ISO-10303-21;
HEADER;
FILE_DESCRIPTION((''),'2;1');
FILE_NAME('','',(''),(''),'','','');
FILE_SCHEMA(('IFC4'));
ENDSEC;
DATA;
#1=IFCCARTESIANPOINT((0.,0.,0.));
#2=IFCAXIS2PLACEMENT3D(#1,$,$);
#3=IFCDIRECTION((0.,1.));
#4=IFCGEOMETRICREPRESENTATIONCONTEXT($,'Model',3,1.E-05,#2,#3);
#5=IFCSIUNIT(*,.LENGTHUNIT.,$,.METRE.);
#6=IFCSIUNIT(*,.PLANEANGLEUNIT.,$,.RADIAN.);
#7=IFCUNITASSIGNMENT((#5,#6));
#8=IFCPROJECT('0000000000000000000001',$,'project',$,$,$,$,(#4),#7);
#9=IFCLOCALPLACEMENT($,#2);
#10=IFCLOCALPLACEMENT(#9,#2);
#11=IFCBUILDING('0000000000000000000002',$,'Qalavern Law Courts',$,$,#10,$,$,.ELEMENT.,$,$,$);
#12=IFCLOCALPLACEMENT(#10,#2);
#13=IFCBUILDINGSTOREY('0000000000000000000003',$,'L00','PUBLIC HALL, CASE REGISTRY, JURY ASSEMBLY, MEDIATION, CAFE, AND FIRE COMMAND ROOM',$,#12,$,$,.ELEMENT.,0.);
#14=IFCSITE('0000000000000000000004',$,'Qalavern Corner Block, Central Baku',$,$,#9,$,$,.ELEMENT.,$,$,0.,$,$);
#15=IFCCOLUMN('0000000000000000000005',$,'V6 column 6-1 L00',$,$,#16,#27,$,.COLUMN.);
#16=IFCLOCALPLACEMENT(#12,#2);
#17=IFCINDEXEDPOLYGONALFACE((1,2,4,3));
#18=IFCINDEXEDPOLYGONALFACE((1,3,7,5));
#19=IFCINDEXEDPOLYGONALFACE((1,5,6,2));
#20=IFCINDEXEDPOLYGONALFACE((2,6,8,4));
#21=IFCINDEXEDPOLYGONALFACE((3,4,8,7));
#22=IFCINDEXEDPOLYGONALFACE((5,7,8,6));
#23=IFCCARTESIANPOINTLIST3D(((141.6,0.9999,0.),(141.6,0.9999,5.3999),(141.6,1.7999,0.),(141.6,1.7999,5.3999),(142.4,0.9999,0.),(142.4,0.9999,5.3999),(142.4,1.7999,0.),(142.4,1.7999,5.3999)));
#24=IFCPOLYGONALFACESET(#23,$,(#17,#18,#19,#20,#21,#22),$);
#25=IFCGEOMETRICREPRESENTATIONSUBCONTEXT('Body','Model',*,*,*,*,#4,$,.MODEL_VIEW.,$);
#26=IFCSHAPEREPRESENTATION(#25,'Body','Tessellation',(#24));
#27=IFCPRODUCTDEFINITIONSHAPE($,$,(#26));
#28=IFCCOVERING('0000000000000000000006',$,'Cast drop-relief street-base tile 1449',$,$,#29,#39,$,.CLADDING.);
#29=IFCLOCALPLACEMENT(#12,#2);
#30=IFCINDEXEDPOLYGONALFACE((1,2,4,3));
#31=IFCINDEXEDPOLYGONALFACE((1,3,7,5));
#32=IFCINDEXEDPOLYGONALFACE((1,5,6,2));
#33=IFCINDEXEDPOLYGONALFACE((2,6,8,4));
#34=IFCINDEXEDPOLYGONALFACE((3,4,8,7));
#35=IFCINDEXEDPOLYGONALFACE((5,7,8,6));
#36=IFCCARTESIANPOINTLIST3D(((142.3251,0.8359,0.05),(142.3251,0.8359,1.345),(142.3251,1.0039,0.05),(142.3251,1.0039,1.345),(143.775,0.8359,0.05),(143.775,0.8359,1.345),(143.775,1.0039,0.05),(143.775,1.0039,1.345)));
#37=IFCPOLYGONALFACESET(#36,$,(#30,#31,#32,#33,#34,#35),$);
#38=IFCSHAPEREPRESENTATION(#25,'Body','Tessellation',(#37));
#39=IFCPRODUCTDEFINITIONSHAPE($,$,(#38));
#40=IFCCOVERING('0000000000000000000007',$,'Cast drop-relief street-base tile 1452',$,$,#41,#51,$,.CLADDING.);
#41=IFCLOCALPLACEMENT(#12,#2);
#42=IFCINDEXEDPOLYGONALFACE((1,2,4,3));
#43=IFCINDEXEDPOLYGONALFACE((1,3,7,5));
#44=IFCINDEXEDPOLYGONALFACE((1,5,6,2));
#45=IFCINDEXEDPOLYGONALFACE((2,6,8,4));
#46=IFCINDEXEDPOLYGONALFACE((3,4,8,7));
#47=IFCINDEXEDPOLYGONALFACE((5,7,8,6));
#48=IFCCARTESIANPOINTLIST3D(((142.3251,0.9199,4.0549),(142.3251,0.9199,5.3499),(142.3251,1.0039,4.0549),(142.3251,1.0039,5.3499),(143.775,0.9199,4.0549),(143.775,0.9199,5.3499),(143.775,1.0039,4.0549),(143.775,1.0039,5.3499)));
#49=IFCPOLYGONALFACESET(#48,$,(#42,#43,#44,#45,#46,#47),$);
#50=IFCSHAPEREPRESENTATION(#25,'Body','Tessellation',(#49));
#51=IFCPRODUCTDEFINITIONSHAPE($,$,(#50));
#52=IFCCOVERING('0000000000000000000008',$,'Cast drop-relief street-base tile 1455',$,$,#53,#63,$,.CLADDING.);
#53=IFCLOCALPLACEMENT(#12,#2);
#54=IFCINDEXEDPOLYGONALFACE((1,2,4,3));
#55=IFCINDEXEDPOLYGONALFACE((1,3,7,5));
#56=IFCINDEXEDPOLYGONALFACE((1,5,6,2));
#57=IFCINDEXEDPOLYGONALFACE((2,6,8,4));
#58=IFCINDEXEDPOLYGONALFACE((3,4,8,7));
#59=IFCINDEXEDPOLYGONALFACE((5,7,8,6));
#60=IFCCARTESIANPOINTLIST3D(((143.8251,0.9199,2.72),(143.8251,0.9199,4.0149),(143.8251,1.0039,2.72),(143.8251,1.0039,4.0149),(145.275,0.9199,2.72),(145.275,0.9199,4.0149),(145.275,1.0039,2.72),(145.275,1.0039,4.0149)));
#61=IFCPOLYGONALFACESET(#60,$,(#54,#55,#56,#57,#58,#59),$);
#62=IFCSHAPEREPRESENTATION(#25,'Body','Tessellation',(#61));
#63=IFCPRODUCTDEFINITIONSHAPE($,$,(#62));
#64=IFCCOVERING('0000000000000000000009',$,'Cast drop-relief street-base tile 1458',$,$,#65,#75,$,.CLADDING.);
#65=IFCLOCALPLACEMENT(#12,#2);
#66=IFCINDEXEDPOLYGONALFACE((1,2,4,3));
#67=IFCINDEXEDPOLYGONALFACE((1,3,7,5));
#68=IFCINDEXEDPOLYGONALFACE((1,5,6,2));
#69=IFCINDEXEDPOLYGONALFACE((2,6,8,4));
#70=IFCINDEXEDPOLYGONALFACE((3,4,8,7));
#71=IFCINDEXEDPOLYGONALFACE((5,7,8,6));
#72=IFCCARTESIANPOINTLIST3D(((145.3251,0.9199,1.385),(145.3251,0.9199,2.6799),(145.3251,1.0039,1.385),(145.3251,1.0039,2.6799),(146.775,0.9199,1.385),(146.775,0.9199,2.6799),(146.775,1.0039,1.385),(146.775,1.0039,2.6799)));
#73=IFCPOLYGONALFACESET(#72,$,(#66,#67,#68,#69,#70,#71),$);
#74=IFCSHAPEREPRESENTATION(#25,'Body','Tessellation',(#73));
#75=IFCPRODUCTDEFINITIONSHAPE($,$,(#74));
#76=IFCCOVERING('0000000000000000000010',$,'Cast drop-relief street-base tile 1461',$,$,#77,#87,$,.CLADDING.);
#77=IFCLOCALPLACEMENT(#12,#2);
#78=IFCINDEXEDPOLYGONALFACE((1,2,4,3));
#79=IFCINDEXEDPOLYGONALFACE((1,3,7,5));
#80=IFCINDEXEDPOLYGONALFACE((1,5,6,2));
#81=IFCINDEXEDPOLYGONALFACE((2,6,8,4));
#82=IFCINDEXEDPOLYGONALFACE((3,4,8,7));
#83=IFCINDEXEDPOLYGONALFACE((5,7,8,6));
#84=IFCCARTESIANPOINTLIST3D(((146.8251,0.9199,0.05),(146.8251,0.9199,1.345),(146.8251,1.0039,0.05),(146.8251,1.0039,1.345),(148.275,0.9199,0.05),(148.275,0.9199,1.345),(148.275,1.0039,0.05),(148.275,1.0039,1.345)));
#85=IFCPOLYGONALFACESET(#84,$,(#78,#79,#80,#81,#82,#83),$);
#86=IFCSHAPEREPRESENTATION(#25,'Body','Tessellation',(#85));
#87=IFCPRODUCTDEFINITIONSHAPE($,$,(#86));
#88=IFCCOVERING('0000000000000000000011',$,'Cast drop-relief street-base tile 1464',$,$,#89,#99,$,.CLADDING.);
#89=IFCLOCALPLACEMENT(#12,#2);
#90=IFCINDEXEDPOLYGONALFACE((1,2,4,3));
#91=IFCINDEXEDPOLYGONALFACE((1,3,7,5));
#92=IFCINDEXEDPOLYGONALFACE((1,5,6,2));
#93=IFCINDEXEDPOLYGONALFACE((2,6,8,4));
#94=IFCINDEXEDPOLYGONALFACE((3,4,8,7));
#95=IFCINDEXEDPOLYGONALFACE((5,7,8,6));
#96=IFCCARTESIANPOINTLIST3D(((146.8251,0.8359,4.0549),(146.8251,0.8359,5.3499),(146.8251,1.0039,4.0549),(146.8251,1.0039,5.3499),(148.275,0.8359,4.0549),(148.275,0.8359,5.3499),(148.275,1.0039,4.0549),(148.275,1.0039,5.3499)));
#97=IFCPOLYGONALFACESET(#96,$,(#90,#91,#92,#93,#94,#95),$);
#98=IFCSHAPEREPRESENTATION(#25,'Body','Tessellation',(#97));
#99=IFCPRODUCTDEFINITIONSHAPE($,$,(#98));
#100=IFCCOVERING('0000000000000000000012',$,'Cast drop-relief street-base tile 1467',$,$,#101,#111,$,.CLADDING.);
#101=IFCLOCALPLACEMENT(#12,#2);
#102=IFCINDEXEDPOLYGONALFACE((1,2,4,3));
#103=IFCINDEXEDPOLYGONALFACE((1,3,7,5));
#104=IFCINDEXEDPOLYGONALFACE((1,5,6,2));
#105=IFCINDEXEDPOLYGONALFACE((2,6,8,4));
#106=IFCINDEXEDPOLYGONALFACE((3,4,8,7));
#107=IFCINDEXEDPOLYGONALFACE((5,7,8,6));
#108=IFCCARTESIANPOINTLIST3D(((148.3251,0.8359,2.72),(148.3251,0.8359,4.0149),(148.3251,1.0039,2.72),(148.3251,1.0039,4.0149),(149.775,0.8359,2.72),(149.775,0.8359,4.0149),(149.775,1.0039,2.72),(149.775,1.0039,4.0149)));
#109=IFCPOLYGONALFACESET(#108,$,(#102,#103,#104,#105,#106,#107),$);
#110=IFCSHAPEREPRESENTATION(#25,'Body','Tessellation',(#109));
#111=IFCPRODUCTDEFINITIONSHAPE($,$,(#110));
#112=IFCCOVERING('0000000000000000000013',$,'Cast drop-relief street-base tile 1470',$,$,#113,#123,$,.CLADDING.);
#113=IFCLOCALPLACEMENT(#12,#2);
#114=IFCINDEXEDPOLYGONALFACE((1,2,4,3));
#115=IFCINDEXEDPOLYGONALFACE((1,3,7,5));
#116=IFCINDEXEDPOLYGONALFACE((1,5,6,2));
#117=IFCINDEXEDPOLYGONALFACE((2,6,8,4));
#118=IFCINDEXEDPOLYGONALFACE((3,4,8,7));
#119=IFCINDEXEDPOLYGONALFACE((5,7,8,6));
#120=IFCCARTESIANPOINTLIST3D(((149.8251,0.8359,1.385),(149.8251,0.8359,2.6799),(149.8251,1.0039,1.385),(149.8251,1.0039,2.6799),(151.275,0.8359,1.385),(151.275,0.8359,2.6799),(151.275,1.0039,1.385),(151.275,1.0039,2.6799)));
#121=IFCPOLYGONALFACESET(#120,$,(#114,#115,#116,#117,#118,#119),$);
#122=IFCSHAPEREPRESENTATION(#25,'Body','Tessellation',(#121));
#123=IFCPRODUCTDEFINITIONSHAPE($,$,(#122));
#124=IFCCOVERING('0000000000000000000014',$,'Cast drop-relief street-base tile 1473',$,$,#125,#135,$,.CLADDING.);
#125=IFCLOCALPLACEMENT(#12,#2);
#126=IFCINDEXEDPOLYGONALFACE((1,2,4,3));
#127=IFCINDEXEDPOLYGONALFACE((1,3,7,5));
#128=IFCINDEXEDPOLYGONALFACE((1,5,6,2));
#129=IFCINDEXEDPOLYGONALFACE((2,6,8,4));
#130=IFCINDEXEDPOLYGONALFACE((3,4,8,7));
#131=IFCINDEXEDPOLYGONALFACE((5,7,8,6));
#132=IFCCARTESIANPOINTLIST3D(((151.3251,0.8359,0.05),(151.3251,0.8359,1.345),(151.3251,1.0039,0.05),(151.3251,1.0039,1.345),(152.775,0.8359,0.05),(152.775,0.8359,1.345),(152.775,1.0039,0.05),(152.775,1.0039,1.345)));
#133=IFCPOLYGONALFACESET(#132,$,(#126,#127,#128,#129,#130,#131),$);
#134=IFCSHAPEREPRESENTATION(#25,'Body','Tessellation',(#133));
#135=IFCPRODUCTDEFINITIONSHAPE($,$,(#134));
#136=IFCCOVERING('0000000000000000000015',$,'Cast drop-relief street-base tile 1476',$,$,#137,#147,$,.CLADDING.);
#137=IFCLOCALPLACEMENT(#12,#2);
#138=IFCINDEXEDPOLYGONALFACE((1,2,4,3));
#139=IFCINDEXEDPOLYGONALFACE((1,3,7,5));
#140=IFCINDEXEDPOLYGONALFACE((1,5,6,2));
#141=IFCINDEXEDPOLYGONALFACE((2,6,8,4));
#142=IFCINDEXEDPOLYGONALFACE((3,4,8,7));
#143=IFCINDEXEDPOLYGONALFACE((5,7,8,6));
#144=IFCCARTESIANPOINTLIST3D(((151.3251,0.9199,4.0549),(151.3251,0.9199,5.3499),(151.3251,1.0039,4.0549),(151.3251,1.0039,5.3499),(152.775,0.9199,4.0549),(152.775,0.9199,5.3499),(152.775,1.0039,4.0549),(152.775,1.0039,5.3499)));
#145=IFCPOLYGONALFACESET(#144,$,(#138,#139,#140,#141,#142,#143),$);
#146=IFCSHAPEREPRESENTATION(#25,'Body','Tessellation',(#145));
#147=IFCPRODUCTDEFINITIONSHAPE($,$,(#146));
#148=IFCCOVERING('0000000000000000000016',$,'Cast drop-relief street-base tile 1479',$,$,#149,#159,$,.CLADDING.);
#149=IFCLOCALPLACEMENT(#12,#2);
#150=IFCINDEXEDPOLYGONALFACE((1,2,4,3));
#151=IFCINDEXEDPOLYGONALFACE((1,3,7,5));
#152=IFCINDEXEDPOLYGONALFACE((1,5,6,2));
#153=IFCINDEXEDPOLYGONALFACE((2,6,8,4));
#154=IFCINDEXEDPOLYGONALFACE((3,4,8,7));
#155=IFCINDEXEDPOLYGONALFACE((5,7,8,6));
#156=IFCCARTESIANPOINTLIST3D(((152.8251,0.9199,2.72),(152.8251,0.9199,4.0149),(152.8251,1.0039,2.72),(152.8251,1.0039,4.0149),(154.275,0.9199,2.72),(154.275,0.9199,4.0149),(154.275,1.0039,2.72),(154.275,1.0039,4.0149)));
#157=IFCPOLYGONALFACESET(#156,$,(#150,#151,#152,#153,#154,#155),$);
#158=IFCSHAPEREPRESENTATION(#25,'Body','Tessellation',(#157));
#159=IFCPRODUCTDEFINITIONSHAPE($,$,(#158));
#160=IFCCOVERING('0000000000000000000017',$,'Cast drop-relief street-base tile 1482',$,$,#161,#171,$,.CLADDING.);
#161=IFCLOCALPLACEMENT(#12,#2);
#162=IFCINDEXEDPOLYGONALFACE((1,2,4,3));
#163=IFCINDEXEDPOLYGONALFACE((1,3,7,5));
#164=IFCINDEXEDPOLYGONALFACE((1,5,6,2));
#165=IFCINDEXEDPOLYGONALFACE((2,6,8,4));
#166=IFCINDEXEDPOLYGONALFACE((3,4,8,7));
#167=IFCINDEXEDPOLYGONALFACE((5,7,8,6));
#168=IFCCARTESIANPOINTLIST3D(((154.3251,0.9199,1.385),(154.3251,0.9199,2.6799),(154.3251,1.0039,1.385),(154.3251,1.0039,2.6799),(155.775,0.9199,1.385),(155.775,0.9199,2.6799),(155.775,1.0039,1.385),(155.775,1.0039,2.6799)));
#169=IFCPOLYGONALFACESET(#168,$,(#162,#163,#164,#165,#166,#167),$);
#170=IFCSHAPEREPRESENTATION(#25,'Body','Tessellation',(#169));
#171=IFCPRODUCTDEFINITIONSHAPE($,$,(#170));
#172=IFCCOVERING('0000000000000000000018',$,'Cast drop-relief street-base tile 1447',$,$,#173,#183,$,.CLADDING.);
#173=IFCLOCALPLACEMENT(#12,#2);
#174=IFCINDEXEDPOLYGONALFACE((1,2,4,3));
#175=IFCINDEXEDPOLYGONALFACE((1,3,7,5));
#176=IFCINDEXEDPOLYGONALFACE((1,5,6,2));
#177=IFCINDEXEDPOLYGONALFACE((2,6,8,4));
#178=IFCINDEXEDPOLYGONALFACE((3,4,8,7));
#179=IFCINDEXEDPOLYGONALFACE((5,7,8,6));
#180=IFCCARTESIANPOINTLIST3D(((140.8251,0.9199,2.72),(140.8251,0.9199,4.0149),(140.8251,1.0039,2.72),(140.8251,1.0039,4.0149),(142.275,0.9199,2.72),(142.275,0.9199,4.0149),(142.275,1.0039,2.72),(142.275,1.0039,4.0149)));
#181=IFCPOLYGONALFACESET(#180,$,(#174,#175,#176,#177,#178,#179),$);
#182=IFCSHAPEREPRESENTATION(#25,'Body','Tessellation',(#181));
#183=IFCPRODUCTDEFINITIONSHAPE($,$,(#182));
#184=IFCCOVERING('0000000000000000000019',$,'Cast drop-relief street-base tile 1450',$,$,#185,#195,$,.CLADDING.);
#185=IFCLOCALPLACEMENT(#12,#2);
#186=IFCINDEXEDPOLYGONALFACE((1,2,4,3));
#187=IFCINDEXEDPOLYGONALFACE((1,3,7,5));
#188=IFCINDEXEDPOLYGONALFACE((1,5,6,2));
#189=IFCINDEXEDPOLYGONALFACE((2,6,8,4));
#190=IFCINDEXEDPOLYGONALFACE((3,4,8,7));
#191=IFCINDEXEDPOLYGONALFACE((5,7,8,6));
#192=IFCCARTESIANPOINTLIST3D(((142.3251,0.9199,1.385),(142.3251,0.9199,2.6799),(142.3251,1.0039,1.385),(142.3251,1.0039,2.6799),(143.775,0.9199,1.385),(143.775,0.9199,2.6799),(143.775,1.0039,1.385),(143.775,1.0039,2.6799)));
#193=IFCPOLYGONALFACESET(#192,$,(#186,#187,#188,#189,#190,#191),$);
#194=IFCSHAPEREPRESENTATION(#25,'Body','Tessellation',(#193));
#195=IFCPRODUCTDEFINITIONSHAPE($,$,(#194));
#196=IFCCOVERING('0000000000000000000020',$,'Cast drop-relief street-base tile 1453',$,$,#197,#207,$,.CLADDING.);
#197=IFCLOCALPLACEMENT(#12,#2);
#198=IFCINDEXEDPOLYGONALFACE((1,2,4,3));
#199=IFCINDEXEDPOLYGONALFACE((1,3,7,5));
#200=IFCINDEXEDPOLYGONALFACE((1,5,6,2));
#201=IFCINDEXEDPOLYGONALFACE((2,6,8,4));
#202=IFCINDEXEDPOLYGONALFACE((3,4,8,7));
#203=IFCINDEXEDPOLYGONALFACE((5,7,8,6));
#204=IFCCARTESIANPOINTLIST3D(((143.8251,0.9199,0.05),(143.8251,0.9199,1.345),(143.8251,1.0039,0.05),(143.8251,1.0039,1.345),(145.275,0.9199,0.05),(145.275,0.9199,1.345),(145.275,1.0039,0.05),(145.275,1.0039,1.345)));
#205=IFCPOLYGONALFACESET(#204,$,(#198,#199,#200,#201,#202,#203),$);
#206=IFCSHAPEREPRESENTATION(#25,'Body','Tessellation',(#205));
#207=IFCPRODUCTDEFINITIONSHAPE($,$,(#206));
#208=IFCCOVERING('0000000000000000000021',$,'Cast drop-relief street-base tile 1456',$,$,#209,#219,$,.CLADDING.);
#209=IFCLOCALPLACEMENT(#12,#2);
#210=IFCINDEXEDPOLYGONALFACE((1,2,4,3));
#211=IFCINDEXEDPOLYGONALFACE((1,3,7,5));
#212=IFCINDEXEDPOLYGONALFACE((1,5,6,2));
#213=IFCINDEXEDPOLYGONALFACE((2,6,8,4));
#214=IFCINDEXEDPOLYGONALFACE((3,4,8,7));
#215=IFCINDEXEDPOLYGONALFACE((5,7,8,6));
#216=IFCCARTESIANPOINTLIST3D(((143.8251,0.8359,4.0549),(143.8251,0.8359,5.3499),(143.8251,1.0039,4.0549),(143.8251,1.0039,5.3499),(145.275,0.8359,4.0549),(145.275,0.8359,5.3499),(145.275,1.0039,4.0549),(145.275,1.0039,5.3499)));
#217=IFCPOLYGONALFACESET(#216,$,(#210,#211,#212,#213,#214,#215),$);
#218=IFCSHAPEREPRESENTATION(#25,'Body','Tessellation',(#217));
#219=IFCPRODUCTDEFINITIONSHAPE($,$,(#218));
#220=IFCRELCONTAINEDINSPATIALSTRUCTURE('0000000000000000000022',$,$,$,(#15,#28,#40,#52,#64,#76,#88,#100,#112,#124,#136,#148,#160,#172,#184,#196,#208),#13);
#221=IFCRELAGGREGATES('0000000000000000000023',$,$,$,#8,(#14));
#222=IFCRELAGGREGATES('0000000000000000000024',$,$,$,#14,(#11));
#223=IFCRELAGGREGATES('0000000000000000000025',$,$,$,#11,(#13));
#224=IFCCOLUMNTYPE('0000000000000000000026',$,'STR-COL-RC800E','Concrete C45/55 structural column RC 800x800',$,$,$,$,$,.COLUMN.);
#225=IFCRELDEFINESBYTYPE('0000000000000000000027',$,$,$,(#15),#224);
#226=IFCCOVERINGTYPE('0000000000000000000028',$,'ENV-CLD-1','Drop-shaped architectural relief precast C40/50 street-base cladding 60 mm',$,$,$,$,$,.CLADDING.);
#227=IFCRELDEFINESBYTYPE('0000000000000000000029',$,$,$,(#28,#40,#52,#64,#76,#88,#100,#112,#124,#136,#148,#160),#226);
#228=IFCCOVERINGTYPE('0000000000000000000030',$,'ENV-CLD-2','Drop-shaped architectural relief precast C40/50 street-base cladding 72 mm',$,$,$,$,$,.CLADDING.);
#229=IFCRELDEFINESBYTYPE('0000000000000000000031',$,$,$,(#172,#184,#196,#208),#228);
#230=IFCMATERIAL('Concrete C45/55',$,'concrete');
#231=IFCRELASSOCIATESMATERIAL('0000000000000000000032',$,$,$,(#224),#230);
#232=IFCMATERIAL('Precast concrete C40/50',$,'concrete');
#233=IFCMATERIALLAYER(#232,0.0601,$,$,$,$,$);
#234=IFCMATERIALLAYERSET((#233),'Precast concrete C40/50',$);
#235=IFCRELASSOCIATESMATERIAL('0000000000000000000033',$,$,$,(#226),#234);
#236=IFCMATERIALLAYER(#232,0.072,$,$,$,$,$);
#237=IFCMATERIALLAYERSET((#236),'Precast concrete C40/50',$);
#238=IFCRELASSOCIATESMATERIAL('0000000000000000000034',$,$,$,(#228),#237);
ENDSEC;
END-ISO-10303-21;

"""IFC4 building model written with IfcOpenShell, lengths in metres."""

from ifc_helpers import new_model, si_unit, direction, frame, origin, origin_2d, place, context, subcontext, project, spatial, rectangle, extrude, material, layer, layer_set, material_profile, profile_set, type_object, element, save


model = new_model("IFC4")

# Units and contexts
model_context = context("Model", 3, precision=1e-05, world=origin(), true_north=direction((0.0, 1.0)))
body_context = subcontext(model_context, "Body", "Model", "MODEL_VIEW")
ifc_project = project(units=[si_unit("LENGTHUNIT", "METRE"), si_unit("PLANEANGLEUNIT", "RADIAN")], contexts=[model_context])

# Site, building, storey
site_placement = place(None, origin())
site = spatial("IfcSite", under=ifc_project, at=site_placement, Name="Qalavern Corner Block, Central Baku", CompositionType="ELEMENT", RefElevation=0.0)
building_placement = place(site_placement, origin())
building = spatial("IfcBuilding", under=site, at=building_placement, Name="Qalavern Law Courts", CompositionType="ELEMENT")
storey_placement = place(building_placement, origin())
storey = spatial("IfcBuildingStorey", under=building, at=storey_placement, Name="L00", Description="PUBLIC HALL, CASE REGISTRY, JURY ASSEMBLY, MEDIATION, CAFE, AND FIRE COMMAND ROOM", CompositionType="ELEMENT", Elevation=0.0)

# Column
ifc_material_1 = material(Name="Concrete C45/55", Category="concrete")
ifc_material_profile = material_profile(ifc_material_1, rectangle(XDim=0.8, YDim=0.8, at=origin_2d()), Name="RC 800x800")
ifc_profile_set = profile_set([ifc_material_profile], Name="Concrete C45/55")
column_type = type_object("IfcColumnType", Name="STR-COL-RC800E", Description="Concrete C45/55 structural column RC 800x800", PredefinedType="COLUMN", material=ifc_profile_set)
column_placement = place(storey_placement, frame((142.0, 1.3999, 0.0), z_axis=(0.0, 0.0, 1.0), x_axis=(1.0, 0.0, 0.0)))
element("IfcColumn", 1, at=column_placement, inside=storey, type_object=column_type, Name="V6 column 6-1 L00", PredefinedType="COLUMN", context=body_context, shape_type="SweptSolid", body=[
    extrude(rectangle(XDim=0.8, YDim=0.8, at=origin_2d()), origin(), (0.0, 0.0, 1.0), 5.3999),
])

# Coverings
ifc_material_2 = material(Name="Precast concrete C40/50", Category="concrete")
ifc_layer_1 = layer(ifc_material_2, 0.0601)
ifc_layer_set_1 = layer_set([ifc_layer_1], Name="Precast concrete C40/50")
covering_type_1 = type_object("IfcCoveringType", Name="ENV-CLD-1", Description="Drop-shaped architectural relief precast C40/50 street-base cladding 60 mm", PredefinedType="CLADDING", material=ifc_layer_set_1)
covering_1_placement = place(storey_placement, frame((143.05, 0.9199, 0.05), z_axis=(0.0, 0.0, 1.0), x_axis=(1.0, 0.0, 0.0)))
element("IfcCovering", 2, at=covering_1_placement, inside=storey, type_object=covering_type_1, Name="Cast drop-relief street-base tile 1449", PredefinedType="CLADDING", context=body_context, shape_type="SweptSolid", body=[
    extrude(rectangle(XDim=1.45, YDim=0.168, at=origin_2d()), origin(), (0.0, 0.0, 1.0), 1.2949),
])
for number, where, z_axis, x_axis, name in (
    (3, (143.05, 0.9619, 4.0549), (0.0, 0.0, 1.0), (1.0, 0.0, 0.0), "Cast drop-relief street-base tile 1452"),
    (4, (144.55, 0.9619, 2.72), (0.0, 0.0, 1.0), (1.0, 0.0, 0.0), "Cast drop-relief street-base tile 1455"),
    (5, (146.05, 0.9619, 1.385), (0.0, 0.0, 1.0), (1.0, 0.0, 0.0), "Cast drop-relief street-base tile 1458"),
    (6, (147.55, 0.9619, 0.05), (0.0, 0.0, 1.0), (1.0, 0.0, 0.0), "Cast drop-relief street-base tile 1461"),
):
    element("IfcCovering", number, at=place(storey_placement, frame(where, z_axis=z_axis, x_axis=x_axis)), inside=storey, type_object=covering_type_1, Name=name, PredefinedType="CLADDING", context=body_context, shape_type="SweptSolid", body=[
        extrude(rectangle(XDim=1.45, YDim=0.084, at=origin_2d()), origin(), (0.0, 0.0, 1.0), 1.2949),
    ])
for number, where, z_axis, x_axis, name in (
    (7, (147.55, 0.9199, 4.0549), (0.0, 0.0, 1.0), (1.0, 0.0, 0.0), "Cast drop-relief street-base tile 1464"),
    (8, (149.05, 0.9199, 2.72), (0.0, 0.0, 1.0), (1.0, 0.0, 0.0), "Cast drop-relief street-base tile 1467"),
    (9, (150.55, 0.9199, 1.385), (0.0, 0.0, 1.0), (1.0, 0.0, 0.0), "Cast drop-relief street-base tile 1470"),
    (10, (152.05, 0.9199, 0.05), (0.0, 0.0, 1.0), (1.0, 0.0, 0.0), "Cast drop-relief street-base tile 1473"),
):
    element("IfcCovering", number, at=place(storey_placement, frame(where, z_axis=z_axis, x_axis=x_axis)), inside=storey, type_object=covering_type_1, Name=name, PredefinedType="CLADDING", context=body_context, shape_type="SweptSolid", body=[
        extrude(rectangle(XDim=1.45, YDim=0.168, at=origin_2d()), origin(), (0.0, 0.0, 1.0), 1.2949),
    ])
for number, where, z_axis, x_axis, name in (
    (11, (152.05, 0.9619, 4.0549), (0.0, 0.0, 1.0), (1.0, 0.0, 0.0), "Cast drop-relief street-base tile 1476"),
    (12, (153.55, 0.9619, 2.72), (0.0, 0.0, 1.0), (1.0, 0.0, 0.0), "Cast drop-relief street-base tile 1479"),
    (13, (155.05, 0.9619, 1.385), (0.0, 0.0, 1.0), (1.0, 0.0, 0.0), "Cast drop-relief street-base tile 1482"),
):
    element("IfcCovering", number, at=place(storey_placement, frame(where, z_axis=z_axis, x_axis=x_axis)), inside=storey, type_object=covering_type_1, Name=name, PredefinedType="CLADDING", context=body_context, shape_type="SweptSolid", body=[
        extrude(rectangle(XDim=1.45, YDim=0.084, at=origin_2d()), origin(), (0.0, 0.0, 1.0), 1.2949),
    ])
ifc_layer_2 = layer(ifc_material_2, 0.072)
ifc_layer_set_2 = layer_set([ifc_layer_2], Name="Precast concrete C40/50")
covering_type_2 = type_object("IfcCoveringType", Name="ENV-CLD-2", Description="Drop-shaped architectural relief precast C40/50 street-base cladding 72 mm", PredefinedType="CLADDING", material=ifc_layer_set_2)
for number, where, z_axis, x_axis, name in (
    (14, (141.55, 0.9619, 2.72), (0.0, 0.0, 1.0), (1.0, 0.0, 0.0), "Cast drop-relief street-base tile 1447"),
    (15, (143.05, 0.9619, 1.385), (0.0, 0.0, 1.0), (1.0, 0.0, 0.0), "Cast drop-relief street-base tile 1450"),
    (16, (144.55, 0.9619, 0.05), (0.0, 0.0, 1.0), (1.0, 0.0, 0.0), "Cast drop-relief street-base tile 1453"),
):
    element("IfcCovering", number, at=place(storey_placement, frame(where, z_axis=z_axis, x_axis=x_axis)), inside=storey, type_object=covering_type_2, Name=name, PredefinedType="CLADDING", context=body_context, shape_type="SweptSolid", body=[
        extrude(rectangle(XDim=1.45, YDim=0.084, at=origin_2d()), origin(), (0.0, 0.0, 1.0), 1.2949),
    ])
for number, where, z_axis, x_axis, name in (
    (17, (144.55, 0.9199, 4.0549), (0.0, 0.0, 1.0), (1.0, 0.0, 0.0), "Cast drop-relief street-base tile 1456"),
):
    element("IfcCovering", number, at=place(storey_placement, frame(where, z_axis=z_axis, x_axis=x_axis)), inside=storey, type_object=covering_type_2, Name=name, PredefinedType="CLADDING", context=body_context, shape_type="SweptSolid", body=[
        extrude(rectangle(XDim=1.45, YDim=0.168, at=origin_2d()), origin(), (0.0, 0.0, 1.0), 1.2949),
    ])

save(model, "model.ifc")
